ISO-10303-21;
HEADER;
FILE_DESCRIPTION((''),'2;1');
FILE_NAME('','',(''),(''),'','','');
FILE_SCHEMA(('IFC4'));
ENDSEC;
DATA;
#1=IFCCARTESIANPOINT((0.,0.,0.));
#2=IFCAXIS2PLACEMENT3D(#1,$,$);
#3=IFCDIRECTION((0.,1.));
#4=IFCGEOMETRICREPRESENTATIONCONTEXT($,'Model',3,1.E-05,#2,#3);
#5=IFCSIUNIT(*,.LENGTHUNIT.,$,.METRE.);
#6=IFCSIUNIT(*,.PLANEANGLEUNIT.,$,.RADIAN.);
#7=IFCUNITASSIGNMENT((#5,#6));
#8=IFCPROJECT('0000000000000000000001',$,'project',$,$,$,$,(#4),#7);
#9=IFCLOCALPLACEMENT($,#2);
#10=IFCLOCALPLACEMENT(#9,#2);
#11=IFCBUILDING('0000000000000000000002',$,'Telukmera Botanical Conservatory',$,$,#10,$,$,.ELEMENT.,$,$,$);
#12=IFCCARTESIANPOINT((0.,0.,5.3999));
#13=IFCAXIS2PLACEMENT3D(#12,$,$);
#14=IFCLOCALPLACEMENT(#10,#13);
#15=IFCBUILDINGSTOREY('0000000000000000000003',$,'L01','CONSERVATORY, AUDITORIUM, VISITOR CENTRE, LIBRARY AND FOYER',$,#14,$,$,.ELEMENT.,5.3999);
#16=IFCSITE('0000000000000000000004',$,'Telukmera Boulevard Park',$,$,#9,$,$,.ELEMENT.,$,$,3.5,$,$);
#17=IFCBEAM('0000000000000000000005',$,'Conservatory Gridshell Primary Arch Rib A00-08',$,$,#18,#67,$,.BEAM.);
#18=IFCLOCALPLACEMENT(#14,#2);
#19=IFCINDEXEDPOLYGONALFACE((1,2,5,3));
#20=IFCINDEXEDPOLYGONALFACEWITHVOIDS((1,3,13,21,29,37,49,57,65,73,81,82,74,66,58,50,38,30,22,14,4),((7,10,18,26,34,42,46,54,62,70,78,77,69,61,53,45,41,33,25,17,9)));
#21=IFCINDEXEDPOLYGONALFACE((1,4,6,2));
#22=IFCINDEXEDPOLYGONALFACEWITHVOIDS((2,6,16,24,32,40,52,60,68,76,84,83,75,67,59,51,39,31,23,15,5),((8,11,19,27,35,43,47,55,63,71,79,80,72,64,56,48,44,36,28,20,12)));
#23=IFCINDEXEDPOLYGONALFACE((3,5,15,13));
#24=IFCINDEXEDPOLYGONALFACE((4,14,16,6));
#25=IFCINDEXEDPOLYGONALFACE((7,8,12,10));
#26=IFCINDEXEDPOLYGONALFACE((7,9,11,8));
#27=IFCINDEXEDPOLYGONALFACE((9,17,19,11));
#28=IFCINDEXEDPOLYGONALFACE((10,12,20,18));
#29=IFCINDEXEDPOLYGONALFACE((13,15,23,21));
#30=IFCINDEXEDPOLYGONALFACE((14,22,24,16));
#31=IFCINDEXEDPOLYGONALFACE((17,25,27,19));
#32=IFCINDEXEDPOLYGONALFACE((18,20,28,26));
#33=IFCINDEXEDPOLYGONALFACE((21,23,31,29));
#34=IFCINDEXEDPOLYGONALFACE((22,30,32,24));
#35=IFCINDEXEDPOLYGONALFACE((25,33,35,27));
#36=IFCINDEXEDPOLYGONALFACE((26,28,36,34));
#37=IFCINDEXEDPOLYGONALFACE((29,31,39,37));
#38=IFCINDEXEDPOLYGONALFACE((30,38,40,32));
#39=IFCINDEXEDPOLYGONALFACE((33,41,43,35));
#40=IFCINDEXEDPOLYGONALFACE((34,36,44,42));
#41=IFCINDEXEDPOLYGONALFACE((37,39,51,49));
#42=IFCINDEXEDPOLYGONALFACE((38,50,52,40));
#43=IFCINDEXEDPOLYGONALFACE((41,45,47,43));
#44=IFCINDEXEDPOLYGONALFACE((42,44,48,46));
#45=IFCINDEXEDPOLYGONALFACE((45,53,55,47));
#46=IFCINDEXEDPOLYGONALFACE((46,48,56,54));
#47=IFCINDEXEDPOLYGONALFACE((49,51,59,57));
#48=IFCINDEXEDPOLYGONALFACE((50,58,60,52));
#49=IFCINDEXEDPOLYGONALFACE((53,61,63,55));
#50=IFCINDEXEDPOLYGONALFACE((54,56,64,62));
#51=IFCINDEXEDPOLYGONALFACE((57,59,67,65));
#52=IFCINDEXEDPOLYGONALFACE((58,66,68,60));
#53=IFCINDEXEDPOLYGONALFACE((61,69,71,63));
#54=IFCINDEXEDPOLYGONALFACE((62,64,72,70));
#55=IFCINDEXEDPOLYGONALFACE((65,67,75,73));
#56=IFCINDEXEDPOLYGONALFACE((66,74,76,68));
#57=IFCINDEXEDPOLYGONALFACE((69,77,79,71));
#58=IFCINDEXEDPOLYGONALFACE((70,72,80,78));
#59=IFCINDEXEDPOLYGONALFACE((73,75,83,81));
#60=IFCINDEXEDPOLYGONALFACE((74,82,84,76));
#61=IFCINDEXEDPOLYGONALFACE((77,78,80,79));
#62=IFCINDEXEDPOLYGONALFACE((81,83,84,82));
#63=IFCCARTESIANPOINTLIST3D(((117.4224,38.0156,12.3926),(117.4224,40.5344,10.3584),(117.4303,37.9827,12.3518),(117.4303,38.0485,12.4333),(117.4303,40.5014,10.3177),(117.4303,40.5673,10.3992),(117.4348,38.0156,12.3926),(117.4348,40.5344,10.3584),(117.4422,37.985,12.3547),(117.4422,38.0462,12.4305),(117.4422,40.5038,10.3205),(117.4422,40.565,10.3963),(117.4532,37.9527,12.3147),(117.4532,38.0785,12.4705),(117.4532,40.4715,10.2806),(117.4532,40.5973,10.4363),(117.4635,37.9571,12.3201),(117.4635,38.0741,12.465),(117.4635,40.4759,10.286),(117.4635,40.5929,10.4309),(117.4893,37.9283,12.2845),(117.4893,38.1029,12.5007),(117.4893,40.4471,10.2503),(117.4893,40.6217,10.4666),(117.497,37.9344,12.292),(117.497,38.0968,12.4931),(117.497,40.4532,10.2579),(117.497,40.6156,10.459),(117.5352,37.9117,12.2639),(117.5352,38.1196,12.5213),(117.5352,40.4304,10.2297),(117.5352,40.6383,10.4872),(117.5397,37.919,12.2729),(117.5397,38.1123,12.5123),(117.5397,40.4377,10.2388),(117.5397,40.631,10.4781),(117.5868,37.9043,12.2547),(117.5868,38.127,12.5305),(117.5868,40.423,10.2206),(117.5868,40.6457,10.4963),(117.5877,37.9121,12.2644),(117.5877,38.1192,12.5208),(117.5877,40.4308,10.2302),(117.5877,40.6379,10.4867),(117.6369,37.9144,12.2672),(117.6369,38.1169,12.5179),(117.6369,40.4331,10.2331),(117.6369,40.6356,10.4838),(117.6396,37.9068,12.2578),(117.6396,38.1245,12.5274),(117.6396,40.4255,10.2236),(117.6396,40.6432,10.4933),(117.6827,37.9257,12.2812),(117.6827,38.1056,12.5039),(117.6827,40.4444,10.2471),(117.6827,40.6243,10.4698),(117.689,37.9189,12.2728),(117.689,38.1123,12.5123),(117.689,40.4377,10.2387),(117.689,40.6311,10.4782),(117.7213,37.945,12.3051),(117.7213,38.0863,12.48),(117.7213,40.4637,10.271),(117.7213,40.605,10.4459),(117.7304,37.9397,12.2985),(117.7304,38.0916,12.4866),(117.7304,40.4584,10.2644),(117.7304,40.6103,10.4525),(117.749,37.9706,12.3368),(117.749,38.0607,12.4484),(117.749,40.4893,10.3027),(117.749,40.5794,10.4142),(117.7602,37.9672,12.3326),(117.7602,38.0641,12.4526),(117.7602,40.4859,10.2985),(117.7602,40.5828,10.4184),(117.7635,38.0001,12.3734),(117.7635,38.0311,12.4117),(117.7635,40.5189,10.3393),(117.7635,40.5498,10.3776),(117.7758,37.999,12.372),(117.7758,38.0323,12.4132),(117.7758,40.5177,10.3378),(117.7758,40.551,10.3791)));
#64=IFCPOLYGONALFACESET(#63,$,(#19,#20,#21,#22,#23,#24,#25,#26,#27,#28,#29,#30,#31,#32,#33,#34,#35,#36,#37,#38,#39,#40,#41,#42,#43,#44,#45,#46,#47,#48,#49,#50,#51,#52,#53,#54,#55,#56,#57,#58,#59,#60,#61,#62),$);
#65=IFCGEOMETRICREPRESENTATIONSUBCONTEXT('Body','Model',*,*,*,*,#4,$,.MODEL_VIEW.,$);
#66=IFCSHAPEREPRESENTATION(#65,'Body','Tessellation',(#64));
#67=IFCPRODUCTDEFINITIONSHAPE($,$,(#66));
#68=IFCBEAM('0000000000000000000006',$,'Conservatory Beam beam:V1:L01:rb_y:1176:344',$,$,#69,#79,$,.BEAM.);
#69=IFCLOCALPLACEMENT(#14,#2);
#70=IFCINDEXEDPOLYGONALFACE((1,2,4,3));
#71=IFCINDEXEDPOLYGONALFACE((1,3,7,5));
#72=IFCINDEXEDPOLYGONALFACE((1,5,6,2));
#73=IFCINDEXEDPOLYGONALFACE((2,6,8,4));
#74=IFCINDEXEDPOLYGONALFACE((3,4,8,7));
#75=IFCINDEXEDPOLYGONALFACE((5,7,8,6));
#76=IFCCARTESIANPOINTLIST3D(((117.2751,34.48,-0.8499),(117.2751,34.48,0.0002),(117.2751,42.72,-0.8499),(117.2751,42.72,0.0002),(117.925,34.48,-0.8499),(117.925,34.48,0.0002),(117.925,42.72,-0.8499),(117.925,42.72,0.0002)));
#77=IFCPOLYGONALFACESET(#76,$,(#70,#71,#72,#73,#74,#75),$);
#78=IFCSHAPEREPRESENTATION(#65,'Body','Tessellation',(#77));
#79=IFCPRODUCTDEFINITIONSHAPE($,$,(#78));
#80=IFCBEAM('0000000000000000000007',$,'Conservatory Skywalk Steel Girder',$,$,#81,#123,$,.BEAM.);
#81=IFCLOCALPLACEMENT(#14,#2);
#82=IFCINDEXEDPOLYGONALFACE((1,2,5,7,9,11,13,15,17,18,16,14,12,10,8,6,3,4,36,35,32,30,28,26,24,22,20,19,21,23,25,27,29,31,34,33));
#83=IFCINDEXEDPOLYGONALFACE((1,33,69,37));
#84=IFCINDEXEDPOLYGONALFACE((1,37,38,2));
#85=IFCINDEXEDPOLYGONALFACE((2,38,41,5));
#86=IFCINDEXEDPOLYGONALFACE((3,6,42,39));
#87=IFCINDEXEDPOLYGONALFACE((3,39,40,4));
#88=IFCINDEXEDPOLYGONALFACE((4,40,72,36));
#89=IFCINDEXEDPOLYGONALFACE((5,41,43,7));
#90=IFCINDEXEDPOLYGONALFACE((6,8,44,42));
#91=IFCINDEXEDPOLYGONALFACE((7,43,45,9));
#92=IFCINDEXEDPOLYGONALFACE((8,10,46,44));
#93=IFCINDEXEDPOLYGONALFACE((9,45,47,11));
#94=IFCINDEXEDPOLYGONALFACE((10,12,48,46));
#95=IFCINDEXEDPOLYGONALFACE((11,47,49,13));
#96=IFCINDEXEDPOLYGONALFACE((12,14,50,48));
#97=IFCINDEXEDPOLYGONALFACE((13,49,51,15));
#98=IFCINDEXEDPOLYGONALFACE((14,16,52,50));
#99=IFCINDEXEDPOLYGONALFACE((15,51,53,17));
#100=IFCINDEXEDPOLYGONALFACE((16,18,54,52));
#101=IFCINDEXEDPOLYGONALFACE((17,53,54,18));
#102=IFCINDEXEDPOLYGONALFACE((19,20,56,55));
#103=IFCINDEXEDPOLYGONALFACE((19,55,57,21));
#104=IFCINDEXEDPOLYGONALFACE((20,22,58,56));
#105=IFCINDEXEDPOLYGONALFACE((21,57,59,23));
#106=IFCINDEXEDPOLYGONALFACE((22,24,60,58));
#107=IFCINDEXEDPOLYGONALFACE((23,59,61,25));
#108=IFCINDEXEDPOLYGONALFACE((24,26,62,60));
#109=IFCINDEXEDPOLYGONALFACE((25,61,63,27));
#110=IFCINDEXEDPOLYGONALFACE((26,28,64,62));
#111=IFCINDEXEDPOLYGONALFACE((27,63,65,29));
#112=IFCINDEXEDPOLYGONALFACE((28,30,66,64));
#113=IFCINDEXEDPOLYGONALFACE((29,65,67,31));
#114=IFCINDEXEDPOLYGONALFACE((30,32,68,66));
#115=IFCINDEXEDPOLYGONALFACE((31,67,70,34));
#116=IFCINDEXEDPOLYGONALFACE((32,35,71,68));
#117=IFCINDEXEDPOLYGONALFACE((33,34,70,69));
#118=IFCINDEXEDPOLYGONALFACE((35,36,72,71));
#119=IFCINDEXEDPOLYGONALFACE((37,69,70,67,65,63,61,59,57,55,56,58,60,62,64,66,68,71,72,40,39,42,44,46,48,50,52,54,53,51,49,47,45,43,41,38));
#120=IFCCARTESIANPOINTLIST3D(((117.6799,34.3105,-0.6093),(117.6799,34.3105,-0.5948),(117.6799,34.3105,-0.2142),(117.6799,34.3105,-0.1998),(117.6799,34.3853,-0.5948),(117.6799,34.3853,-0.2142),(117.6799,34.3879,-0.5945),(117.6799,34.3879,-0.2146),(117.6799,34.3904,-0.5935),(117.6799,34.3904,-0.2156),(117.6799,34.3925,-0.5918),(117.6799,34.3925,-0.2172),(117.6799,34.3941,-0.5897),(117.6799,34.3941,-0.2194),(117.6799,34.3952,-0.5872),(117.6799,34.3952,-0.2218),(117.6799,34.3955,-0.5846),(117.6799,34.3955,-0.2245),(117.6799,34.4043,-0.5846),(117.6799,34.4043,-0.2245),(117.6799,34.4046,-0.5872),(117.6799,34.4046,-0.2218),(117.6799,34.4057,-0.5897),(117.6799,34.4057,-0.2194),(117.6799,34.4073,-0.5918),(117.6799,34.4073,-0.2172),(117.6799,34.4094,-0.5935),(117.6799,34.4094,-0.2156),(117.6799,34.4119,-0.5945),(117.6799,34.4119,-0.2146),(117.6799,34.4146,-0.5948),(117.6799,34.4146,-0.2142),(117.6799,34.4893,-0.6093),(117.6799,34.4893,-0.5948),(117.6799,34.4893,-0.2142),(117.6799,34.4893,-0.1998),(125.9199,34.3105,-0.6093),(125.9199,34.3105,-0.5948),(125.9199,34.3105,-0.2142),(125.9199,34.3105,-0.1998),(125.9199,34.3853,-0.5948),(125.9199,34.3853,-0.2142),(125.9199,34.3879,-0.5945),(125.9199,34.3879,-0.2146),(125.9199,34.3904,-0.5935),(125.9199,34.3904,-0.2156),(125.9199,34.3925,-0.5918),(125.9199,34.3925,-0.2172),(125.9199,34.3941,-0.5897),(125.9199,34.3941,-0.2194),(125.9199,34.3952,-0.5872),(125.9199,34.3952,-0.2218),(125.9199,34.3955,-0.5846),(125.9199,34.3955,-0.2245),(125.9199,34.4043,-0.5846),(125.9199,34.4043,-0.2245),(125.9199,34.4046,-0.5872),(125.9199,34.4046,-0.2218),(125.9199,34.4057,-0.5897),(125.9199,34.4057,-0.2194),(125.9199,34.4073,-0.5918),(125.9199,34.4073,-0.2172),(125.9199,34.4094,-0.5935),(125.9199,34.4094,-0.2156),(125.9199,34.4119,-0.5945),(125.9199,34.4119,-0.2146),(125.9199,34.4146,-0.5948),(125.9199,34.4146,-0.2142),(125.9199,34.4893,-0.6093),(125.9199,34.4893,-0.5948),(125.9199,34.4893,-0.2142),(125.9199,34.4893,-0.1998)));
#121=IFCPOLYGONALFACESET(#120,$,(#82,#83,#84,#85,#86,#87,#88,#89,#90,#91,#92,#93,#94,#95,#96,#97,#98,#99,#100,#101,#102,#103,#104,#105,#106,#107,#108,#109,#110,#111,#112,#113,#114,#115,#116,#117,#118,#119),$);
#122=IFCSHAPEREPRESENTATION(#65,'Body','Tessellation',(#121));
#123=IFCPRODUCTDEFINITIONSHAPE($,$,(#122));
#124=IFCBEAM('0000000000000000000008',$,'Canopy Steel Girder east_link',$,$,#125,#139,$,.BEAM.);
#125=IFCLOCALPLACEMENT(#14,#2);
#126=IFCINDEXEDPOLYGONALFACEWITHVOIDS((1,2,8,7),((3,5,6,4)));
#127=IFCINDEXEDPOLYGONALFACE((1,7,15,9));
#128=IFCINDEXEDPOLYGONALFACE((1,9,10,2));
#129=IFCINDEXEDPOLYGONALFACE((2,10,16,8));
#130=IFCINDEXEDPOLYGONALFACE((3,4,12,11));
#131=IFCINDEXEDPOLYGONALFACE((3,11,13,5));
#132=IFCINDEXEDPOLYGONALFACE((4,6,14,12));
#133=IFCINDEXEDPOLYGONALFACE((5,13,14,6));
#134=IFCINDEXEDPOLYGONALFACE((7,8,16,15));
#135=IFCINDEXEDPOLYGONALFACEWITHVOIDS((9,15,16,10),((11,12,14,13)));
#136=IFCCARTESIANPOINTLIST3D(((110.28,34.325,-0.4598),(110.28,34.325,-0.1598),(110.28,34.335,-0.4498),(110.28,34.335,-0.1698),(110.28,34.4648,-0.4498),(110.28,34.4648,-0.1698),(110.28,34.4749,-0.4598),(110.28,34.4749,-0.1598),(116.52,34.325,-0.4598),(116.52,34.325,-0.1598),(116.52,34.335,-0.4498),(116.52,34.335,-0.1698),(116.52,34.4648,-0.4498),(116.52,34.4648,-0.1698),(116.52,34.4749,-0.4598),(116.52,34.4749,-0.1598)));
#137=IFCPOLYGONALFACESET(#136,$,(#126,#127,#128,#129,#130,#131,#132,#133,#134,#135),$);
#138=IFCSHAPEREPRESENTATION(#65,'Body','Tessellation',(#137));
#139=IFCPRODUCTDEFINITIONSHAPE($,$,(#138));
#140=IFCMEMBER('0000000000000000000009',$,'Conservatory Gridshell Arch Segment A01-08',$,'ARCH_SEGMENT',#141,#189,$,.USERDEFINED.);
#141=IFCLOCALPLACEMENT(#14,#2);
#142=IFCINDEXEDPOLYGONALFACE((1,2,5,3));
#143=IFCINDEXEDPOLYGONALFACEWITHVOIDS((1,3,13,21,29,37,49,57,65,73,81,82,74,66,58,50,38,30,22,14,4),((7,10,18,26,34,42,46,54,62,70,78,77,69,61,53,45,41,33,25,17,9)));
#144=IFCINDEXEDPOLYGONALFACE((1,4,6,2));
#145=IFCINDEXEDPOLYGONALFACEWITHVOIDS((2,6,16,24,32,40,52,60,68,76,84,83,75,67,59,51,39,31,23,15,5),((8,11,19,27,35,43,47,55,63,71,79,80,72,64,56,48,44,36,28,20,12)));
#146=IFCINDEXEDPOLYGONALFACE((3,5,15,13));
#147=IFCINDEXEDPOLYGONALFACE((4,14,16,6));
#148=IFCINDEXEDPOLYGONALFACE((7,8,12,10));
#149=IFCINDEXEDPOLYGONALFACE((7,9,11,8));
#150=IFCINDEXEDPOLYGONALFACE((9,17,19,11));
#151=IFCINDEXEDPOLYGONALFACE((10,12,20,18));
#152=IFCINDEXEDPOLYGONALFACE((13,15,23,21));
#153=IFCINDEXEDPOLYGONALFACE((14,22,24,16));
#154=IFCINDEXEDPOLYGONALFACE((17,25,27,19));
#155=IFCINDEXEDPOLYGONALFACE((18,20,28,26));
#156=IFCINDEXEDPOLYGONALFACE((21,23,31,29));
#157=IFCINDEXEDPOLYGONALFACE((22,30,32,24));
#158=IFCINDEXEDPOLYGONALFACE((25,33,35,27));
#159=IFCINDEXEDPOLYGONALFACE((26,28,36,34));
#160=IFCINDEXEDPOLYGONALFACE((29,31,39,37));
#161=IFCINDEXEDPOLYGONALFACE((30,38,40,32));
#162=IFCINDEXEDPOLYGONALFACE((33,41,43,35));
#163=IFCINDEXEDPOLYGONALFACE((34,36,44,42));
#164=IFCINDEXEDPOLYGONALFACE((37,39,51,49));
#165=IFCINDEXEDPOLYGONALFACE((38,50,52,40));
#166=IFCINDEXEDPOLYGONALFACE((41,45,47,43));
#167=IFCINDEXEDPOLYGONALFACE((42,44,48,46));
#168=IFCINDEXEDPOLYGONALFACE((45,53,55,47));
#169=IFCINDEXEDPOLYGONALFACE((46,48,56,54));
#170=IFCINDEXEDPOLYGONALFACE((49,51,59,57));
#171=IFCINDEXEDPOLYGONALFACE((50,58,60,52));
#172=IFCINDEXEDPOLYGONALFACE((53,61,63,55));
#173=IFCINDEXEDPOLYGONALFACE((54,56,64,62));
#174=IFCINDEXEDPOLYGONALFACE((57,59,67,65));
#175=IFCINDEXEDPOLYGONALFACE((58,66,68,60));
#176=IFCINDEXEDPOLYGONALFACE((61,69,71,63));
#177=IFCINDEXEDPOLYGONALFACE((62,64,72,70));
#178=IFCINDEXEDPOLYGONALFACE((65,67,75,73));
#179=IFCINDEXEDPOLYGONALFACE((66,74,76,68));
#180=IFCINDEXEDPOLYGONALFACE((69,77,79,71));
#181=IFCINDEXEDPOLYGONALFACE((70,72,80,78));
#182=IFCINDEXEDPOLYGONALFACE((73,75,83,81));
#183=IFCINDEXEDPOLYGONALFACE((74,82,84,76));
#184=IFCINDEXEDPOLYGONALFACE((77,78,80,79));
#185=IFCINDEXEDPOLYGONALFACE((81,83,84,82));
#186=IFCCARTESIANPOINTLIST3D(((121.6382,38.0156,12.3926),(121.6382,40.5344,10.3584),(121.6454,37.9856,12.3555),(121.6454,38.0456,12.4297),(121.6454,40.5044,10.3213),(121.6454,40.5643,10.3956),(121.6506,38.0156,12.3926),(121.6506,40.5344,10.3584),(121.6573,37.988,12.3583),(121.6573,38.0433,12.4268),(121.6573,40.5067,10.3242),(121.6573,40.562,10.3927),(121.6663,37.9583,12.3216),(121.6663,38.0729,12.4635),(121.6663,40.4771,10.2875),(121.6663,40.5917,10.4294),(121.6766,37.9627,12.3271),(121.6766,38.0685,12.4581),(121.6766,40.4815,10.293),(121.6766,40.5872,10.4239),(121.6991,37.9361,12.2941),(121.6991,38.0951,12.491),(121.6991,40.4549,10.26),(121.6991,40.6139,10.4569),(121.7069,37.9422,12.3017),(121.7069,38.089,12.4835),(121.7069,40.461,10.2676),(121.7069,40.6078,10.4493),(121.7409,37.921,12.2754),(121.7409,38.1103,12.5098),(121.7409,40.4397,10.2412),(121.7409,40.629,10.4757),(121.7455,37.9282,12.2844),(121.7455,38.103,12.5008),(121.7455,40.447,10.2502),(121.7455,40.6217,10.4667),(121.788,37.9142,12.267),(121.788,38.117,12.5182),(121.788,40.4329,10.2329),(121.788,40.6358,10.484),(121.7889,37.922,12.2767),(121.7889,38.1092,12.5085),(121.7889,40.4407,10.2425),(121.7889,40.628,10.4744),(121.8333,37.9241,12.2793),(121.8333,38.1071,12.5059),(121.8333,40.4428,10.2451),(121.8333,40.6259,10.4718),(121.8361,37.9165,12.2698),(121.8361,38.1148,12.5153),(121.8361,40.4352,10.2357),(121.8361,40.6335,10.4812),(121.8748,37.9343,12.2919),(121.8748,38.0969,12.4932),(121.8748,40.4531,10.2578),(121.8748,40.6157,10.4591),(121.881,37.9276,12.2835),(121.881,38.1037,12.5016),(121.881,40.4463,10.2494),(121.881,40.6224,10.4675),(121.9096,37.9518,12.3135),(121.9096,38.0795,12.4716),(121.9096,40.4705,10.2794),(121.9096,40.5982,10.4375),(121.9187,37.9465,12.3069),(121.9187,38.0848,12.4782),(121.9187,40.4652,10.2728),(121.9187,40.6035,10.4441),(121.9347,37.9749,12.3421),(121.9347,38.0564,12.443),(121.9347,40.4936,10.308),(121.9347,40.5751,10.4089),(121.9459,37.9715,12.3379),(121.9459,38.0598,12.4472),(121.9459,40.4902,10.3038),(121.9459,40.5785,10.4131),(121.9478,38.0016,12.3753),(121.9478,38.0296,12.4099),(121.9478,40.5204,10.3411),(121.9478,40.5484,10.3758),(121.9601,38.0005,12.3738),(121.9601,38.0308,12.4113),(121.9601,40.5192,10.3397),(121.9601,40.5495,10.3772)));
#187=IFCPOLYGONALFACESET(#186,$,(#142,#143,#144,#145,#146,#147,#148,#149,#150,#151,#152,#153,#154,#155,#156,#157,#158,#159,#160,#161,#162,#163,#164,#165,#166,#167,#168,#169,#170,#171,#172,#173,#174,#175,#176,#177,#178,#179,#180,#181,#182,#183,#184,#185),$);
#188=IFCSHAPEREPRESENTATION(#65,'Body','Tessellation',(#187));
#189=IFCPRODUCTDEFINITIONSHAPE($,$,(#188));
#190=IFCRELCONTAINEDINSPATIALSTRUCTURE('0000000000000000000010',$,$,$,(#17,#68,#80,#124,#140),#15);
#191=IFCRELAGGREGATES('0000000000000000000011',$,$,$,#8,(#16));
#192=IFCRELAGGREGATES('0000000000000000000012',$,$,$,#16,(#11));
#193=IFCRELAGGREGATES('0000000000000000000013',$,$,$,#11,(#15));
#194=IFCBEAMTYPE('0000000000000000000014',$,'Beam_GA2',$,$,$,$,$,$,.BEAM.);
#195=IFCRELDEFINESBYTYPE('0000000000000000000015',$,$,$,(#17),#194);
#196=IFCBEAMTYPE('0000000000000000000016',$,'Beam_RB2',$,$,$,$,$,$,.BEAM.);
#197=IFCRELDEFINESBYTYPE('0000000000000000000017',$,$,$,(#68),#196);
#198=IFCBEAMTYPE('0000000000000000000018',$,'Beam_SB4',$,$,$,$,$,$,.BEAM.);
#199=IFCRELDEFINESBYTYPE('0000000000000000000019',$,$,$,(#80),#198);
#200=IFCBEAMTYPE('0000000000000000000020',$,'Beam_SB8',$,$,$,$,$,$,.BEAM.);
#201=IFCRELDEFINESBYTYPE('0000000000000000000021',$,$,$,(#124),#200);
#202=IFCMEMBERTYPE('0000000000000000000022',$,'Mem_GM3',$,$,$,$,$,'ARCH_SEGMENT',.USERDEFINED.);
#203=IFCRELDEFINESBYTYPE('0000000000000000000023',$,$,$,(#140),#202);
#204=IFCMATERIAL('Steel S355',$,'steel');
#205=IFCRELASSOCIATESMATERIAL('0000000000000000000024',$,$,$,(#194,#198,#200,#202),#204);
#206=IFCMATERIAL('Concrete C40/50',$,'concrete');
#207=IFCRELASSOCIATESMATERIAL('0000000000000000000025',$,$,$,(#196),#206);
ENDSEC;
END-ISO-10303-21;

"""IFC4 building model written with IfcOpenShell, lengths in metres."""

from ifc_helpers import new_model, si_unit, direction, frame, origin, origin_2d, place, context, subcontext, project, spatial, rectangle, hollow_rectangle, hollow_circle, i_section, extrude, material, material_profile, profile_set, type_object, element, save


model = new_model("IFC4")

# Units and contexts
model_context = context("Model", 3, precision=1e-05, world=origin(), true_north=direction((0.0, 1.0)))
body_context = subcontext(model_context, "Body", "Model", "MODEL_VIEW")
ifc_project = project(units=[si_unit("LENGTHUNIT", "METRE"), si_unit("PLANEANGLEUNIT", "RADIAN")], contexts=[model_context])

# Site, building, storey
site_placement = place(None, origin())
site = spatial("IfcSite", under=ifc_project, at=site_placement, Name="Telukmera Boulevard Park", CompositionType="ELEMENT", RefElevation=3.5)
building_placement = place(site_placement, origin())
building = spatial("IfcBuilding", under=site, at=building_placement, Name="Telukmera Botanical Conservatory", CompositionType="ELEMENT")
storey_placement = place(building_placement, frame((0.0, 0.0, 5.3999)))
storey = spatial("IfcBuildingStorey", under=building, at=storey_placement, Name="L01", Description="CONSERVATORY, AUDITORIUM, VISITOR CENTRE, LIBRARY AND FOYER", CompositionType="ELEMENT", Elevation=5.3999)

# Beams
ifc_material_1 = material(Name="Steel S355", Category="steel")
ifc_material_profile_1 = material_profile(ifc_material_1, hollow_circle(Radius=0.1777, WallThickness=0.0125, at=origin_2d()), Name="CHS 355.6x12.5")
ifc_profile_set_1 = profile_set([ifc_material_profile_1], Name="Steel S355")
beam_type_1 = type_object("IfcBeamType", Name="Beam_GA2", PredefinedType="BEAM", material=ifc_profile_set_1)
beam_1_placement = place(storey_placement, frame((117.6001, 38.0156, 12.3926), z_axis=(0.0, 0.777977, -0.628293), x_axis=(-1.0, 0.0, 0.0)))
element("IfcBeam", 1, at=beam_1_placement, inside=storey, type_object=beam_type_1, Name="Conservatory Gridshell Primary Arch Rib A00-08", PredefinedType="BEAM", context=body_context, shape_type="SweptSolid", body=[
    extrude(hollow_circle(Radius=0.1777, WallThickness=0.0125, at=origin_2d()), origin(), (0.0, 0.0, 1.0), 3.2375),
])
ifc_material_2 = material(Name="Concrete C40/50", Category="concrete")
ifc_material_profile_2 = material_profile(ifc_material_2, rectangle(XDim=0.6499, YDim=0.8501, at=origin_2d()), Name="RC 650x850")
ifc_profile_set_2 = profile_set([ifc_material_profile_2], Name="Concrete C40/50")
beam_type_2 = type_object("IfcBeamType", Name="Beam_RB2", PredefinedType="BEAM", material=ifc_profile_set_2)
beam_2_placement = place(storey_placement, frame((117.6001, 34.48, -0.4248), z_axis=(0.0, 1.0, 0.0), x_axis=(-1.0, 0.0, 0.0)))
element("IfcBeam", 2, at=beam_2_placement, inside=storey, type_object=beam_type_2, Name="Conservatory Beam beam:V1:L01:rb_y:1176:344", PredefinedType="BEAM", context=body_context, shape_type="SweptSolid", body=[
    extrude(rectangle(XDim=0.6499, YDim=0.8501, at=origin_2d()), origin(), (0.0, 0.0, 1.0), 8.24),
])
ifc_material_profile_3 = material_profile(ifc_material_1, i_section(OverallWidth=0.1787, OverallDepth=0.4094, WebThickness=0.0088, FlangeThickness=0.0144, FilletRadius=0.0103, at=origin_2d()), Name="UB 406x178x67")
ifc_profile_set_3 = profile_set([ifc_material_profile_3], Name="Steel S355")
beam_type_3 = type_object("IfcBeamType", Name="Beam_SB4", PredefinedType="BEAM", material=ifc_profile_set_3)
beam_3_placement = place(storey_placement, frame((117.6799, 34.3999, -0.4045), z_axis=(1.0, 0.0, 0.0), x_axis=(0.0, 1.0, 0.0)))
element("IfcBeam", 3, at=beam_3_placement, inside=storey, type_object=beam_type_3, Name="Conservatory Skywalk Steel Girder", PredefinedType="BEAM", context=body_context, shape_type="SweptSolid", body=[
    extrude(i_section(OverallWidth=0.1787, OverallDepth=0.4094, WebThickness=0.0088, FlangeThickness=0.0144, FilletRadius=0.0103, at=origin_2d()), origin(), (0.0, 0.0, 1.0), 8.24),
])
ifc_material_profile_4 = material_profile(ifc_material_1, hollow_rectangle(XDim=0.1499, YDim=0.3, WallThickness=0.01, at=origin_2d()), Name="RHS 300x150x10.0")
ifc_profile_set_4 = profile_set([ifc_material_profile_4], Name="Steel S355")
beam_type_4 = type_object("IfcBeamType", Name="Beam_SB8", PredefinedType="BEAM", material=ifc_profile_set_4)
beam_4_placement = place(storey_placement, frame((110.28, 34.3999, -0.3098), z_axis=(1.0, 0.0, 0.0), x_axis=(0.0, 1.0, 0.0)))
element("IfcBeam", 4, at=beam_4_placement, inside=storey, type_object=beam_type_4, Name="Canopy Steel Girder east_link", PredefinedType="BEAM", context=body_context, shape_type="SweptSolid", body=[
    extrude(hollow_rectangle(XDim=0.1499, YDim=0.3, WallThickness=0.01, at=origin_2d()), origin(), (0.0, 0.0, 1.0), 6.24),
])

# Member
ifc_material_profile_5 = material_profile(ifc_material_1, hollow_circle(Radius=0.1619, WallThickness=0.0125, at=origin_2d()), Name="CHS 323.9x12.5")
ifc_profile_set_5 = profile_set([ifc_material_profile_5], Name="Steel S355")
member_type_1 = type_object("IfcMemberType", Name="Mem_GM3", ElementType="ARCH_SEGMENT", PredefinedType="USERDEFINED", material=ifc_profile_set_5)
member_1_placement = place(storey_placement, frame((121.8, 38.0156, 12.3926), z_axis=(0.0, 0.777977, -0.628293), x_axis=(-1.0, 0.0, 0.0)))
element("IfcMember", 5, at=member_1_placement, inside=storey, type_object=member_type_1, Name="Conservatory Gridshell Arch Segment A01-08", ObjectType="ARCH_SEGMENT", PredefinedType="USERDEFINED", context=body_context, shape_type="SweptSolid", body=[
    extrude(hollow_circle(Radius=0.1619, WallThickness=0.0125, at=origin_2d()), origin(), (0.0, 0.0, 1.0), 3.2375),
])

save(model, "model.ifc")
